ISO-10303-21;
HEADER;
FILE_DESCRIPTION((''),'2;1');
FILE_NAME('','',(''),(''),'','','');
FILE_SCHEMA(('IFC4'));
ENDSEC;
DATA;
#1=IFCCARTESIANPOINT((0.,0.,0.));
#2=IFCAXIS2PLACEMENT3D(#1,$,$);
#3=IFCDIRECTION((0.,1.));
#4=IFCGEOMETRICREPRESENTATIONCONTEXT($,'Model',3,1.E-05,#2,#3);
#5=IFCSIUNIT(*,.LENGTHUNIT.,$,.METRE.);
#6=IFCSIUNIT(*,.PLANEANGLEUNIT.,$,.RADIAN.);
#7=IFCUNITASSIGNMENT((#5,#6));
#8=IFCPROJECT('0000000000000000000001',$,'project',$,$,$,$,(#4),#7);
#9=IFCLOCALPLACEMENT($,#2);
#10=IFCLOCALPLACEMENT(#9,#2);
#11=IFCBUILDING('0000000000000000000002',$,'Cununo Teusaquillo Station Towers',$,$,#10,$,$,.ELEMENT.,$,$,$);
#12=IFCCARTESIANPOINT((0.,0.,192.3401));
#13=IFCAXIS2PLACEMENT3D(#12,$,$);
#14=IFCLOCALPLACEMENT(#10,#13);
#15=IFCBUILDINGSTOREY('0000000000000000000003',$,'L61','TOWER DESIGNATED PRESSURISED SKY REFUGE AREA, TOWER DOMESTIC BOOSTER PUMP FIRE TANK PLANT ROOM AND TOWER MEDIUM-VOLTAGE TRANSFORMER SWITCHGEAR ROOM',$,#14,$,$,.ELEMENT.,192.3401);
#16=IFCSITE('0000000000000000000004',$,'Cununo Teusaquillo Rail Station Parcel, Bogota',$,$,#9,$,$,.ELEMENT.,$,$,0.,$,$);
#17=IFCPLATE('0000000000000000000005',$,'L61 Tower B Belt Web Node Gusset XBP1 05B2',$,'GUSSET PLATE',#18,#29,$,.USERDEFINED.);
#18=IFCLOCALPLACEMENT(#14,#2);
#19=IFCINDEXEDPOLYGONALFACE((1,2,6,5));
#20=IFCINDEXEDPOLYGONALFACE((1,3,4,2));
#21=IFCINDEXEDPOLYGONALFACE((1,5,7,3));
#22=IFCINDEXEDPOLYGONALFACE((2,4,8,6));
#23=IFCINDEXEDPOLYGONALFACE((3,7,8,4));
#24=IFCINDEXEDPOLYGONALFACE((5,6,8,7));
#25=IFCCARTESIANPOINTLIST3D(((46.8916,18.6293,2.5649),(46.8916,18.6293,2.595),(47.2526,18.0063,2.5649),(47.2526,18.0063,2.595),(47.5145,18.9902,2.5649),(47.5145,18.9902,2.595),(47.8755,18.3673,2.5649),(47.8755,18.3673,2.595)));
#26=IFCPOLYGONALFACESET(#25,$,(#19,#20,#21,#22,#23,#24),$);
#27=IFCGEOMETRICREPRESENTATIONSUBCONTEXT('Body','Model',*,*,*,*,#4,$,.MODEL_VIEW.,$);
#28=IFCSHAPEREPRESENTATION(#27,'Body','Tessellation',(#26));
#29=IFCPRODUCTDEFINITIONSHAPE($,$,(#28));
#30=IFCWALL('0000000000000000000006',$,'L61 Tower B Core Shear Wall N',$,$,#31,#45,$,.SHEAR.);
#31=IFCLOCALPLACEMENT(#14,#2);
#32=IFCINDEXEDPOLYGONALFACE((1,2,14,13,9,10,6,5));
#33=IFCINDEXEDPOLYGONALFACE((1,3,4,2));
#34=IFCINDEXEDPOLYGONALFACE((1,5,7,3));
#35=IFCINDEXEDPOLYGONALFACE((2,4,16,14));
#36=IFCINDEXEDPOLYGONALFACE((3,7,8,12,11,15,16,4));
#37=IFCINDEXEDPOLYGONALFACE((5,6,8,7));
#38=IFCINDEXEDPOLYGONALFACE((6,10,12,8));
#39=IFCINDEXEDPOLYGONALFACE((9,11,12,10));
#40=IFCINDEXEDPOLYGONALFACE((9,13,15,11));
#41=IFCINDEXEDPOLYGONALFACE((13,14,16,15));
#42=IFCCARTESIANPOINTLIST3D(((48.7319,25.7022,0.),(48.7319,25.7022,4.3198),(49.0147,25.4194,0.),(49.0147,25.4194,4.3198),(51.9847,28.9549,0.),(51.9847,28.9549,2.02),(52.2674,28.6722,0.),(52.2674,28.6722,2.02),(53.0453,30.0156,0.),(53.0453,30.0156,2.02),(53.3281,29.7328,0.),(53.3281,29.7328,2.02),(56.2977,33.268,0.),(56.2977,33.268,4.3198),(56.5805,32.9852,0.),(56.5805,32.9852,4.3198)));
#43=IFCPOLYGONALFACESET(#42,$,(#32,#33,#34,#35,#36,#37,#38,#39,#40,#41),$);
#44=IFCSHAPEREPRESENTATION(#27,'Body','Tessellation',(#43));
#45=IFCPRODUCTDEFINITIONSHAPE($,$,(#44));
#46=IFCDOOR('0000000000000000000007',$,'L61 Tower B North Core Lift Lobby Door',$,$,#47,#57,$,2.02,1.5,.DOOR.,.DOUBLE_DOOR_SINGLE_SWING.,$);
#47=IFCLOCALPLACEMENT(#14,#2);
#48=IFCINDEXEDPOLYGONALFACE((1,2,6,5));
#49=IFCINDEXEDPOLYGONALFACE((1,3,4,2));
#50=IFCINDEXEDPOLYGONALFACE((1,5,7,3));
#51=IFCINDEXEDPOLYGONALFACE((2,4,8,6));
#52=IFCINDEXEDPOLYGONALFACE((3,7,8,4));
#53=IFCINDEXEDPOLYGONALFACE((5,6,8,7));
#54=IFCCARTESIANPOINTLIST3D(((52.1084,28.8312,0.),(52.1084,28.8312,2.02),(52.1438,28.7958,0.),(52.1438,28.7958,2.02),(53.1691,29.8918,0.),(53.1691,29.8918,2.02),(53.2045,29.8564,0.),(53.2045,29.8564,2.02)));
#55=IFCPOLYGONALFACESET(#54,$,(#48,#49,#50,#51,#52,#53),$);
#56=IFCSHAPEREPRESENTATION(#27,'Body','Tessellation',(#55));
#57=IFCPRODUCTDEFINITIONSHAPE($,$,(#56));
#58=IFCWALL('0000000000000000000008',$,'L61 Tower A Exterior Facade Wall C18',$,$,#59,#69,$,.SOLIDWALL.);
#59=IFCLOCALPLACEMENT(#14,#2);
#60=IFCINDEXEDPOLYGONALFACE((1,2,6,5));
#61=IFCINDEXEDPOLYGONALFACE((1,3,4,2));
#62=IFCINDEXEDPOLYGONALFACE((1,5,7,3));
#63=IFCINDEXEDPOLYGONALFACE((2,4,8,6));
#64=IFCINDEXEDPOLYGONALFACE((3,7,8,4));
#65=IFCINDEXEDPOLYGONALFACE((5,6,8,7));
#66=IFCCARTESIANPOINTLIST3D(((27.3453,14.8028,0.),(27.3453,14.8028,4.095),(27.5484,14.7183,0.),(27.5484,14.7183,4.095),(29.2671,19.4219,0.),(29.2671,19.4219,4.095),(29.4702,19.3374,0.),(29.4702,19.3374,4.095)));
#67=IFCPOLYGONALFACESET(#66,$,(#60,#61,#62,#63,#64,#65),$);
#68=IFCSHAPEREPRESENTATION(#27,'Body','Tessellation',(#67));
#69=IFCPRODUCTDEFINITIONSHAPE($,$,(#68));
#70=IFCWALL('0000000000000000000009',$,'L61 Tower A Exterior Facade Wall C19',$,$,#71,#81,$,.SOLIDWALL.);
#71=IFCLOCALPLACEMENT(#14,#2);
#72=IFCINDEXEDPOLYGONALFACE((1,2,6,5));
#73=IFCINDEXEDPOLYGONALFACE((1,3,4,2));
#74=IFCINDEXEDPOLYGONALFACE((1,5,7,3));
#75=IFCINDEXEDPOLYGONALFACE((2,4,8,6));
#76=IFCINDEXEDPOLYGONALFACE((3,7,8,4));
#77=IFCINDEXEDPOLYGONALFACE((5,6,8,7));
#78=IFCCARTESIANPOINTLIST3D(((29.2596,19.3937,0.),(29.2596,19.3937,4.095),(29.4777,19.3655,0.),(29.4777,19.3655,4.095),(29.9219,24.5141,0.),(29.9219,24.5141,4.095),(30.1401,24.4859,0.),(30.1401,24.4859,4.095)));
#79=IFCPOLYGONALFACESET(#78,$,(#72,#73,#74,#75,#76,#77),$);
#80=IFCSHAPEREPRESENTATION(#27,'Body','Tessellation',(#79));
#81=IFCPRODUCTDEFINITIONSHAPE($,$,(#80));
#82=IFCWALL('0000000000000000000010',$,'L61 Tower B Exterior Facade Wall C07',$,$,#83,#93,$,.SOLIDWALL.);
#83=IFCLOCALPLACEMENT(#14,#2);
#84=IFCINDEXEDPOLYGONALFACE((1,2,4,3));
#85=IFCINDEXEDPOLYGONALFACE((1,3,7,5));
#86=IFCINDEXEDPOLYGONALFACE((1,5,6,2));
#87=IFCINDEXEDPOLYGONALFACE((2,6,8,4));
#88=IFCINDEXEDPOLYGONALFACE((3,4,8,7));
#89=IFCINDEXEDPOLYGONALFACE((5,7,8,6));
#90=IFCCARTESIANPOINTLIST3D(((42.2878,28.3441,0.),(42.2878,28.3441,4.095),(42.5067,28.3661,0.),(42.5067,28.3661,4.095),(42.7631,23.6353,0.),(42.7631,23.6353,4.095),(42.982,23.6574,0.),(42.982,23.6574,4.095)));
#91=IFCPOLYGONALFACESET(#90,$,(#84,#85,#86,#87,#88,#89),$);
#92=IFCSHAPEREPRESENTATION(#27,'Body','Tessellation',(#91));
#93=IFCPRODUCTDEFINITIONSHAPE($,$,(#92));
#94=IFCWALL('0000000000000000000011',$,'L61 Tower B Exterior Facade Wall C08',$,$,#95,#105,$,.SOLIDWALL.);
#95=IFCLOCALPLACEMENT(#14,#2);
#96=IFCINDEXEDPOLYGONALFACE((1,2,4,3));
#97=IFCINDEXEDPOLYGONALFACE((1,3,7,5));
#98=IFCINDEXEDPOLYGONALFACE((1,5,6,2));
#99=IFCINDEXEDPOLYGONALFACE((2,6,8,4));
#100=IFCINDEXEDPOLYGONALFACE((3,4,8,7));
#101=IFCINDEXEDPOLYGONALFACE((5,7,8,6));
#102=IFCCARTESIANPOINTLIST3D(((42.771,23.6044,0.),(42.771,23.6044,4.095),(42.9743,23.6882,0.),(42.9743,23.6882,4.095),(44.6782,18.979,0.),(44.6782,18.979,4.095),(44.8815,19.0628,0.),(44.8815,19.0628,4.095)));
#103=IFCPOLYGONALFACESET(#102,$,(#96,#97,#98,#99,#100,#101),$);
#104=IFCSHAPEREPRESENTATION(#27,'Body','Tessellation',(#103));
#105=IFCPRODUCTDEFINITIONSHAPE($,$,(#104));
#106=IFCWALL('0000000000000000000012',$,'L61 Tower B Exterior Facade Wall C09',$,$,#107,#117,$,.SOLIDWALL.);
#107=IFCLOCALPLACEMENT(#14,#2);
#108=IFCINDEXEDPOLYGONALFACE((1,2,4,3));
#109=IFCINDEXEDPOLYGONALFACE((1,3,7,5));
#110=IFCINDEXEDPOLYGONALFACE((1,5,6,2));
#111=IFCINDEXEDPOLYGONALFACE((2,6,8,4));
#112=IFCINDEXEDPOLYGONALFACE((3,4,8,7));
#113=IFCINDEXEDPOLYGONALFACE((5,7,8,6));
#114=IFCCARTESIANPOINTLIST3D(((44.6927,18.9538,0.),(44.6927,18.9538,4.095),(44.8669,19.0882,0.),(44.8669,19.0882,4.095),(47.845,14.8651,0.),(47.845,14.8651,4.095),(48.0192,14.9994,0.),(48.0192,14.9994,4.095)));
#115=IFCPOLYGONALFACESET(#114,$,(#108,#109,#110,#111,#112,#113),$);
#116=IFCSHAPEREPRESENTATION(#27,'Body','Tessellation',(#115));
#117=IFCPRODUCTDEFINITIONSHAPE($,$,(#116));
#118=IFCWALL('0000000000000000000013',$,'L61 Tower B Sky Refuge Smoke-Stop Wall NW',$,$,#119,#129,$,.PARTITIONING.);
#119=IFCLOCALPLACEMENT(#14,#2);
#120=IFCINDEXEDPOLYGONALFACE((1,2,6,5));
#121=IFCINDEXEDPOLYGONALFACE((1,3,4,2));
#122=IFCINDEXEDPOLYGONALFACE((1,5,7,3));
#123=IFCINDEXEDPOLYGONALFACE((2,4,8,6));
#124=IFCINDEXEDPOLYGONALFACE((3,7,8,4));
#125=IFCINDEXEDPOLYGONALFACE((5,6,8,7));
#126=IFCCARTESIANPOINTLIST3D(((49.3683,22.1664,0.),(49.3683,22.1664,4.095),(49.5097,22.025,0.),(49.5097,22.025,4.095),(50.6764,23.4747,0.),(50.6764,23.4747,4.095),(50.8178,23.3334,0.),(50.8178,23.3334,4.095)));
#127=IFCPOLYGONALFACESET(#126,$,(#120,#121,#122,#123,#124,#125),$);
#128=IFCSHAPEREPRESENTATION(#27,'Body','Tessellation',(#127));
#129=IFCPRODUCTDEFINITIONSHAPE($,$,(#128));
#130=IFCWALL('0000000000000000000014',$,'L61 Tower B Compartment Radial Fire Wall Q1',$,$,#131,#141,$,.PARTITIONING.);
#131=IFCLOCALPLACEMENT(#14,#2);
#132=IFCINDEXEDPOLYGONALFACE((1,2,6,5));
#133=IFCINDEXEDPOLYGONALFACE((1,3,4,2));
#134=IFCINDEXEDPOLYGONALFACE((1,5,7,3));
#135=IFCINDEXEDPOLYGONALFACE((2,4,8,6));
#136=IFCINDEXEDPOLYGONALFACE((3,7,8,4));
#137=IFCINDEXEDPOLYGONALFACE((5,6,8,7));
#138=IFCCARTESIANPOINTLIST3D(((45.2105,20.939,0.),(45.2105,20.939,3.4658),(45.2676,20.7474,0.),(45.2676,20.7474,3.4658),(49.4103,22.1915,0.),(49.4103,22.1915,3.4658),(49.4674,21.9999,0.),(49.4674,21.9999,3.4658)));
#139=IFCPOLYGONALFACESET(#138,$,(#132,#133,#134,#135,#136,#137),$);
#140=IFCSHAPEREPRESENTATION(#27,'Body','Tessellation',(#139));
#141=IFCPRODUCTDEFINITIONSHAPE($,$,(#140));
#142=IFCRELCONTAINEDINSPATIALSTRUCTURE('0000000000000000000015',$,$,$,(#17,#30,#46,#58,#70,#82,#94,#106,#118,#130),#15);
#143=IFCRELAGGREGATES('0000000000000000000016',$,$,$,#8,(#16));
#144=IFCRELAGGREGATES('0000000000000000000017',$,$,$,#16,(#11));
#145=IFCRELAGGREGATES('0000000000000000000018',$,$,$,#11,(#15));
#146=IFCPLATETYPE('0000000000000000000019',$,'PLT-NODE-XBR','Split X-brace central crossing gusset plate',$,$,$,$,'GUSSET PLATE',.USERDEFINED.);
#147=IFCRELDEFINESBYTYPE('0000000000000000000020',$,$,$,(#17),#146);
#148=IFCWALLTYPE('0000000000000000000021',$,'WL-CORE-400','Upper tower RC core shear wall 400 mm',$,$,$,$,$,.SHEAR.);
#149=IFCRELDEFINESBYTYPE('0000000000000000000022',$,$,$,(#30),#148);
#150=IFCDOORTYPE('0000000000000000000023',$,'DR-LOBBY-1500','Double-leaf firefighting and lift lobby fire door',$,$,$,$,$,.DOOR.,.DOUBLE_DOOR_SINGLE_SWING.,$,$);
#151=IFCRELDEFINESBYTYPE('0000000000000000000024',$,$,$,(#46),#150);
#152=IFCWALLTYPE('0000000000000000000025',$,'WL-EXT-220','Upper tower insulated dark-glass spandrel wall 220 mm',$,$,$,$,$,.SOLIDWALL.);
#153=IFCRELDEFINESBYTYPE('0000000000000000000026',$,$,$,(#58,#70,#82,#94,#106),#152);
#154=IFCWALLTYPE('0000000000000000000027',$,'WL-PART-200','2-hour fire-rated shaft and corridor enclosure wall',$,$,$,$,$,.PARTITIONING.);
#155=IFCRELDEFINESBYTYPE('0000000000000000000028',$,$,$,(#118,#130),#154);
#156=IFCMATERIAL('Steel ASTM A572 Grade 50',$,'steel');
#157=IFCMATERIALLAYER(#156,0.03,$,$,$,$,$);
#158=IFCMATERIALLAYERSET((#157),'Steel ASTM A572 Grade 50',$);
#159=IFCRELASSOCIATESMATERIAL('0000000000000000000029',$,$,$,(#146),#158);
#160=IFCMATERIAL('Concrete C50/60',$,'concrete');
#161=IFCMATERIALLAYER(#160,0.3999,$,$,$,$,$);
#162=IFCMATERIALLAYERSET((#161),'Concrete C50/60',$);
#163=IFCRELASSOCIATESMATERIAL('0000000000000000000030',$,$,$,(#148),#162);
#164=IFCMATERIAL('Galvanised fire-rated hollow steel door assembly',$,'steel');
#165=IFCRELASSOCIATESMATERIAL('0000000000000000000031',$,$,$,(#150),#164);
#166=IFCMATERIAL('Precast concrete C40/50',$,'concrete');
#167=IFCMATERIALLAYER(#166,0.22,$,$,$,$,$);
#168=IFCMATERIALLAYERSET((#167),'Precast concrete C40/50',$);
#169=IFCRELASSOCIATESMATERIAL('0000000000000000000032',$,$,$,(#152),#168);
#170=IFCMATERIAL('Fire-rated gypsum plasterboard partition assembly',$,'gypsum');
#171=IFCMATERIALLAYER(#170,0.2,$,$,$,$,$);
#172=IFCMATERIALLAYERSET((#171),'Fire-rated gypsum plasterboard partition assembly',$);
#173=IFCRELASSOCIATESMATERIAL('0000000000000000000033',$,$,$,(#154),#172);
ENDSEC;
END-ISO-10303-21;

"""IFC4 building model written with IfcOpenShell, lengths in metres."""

from ifc_helpers import new_model, si_unit, direction, frame, frame_2d, origin, origin_2d, place, context, subcontext, project, spatial, rectangle, extrude, source, transform, mapped, material, layer, layer_set, type_object, element, fill, save


model = new_model("IFC4")

# Units and contexts
model_context = context("Model", 3, precision=1e-05, world=origin(), true_north=direction((0.0, 1.0)))
body_context = subcontext(model_context, "Body", "Model", "MODEL_VIEW")
ifc_project = project(units=[si_unit("LENGTHUNIT", "METRE"), si_unit("PLANEANGLEUNIT", "RADIAN")], contexts=[model_context])

# Site, building, storey
site_placement = place(None, origin())
site = spatial("IfcSite", under=ifc_project, at=site_placement, Name="Cununo Teusaquillo Rail Station Parcel, Bogota", CompositionType="ELEMENT", RefElevation=0.0)
building_placement = place(site_placement, origin())
building = spatial("IfcBuilding", under=site, at=building_placement, Name="Cununo Teusaquillo Station Towers", CompositionType="ELEMENT")
storey_placement = place(building_placement, frame((0.0, 0.0, 192.3401)))
storey = spatial("IfcBuildingStorey", under=building, at=storey_placement, Name="L61", Description="TOWER DESIGNATED PRESSURISED SKY REFUGE AREA, TOWER DOMESTIC BOOSTER PUMP FIRE TANK PLANT ROOM AND TOWER MEDIUM-VOLTAGE TRANSFORMER SWITCHGEAR ROOM", CompositionType="ELEMENT", Elevation=192.3401)

# Plate
ifc_material_1 = material(Name="Steel ASTM A572 Grade 50", Category="steel")
ifc_layer_1 = layer(ifc_material_1, 0.03)
ifc_layer_set_1 = layer_set([ifc_layer_1], Name="Steel ASTM A572 Grade 50")
plate_type_1 = type_object("IfcPlateType", Name="PLT-NODE-XBR", Description="Split X-brace central crossing gusset plate", ElementType="GUSSET PLATE", PredefinedType="USERDEFINED", material=ifc_layer_set_1)
shared_shape_1 = source(origin(), body_context, "Body", "SweptSolid", [
    extrude(rectangle(XDim=0.72, YDim=0.72, at=origin_2d()), origin(), (0.0, 0.0, 1.0), 0.03),
])
for number, where, z_axis, x_axis, name in (
    (1, (47.3835, 18.4983, 2.5649), (0.0, 0.0, 1.0), (0.50136, -0.865239, 0.0), "L61 Tower B Belt Web Node Gusset XBP1 05B2"),
):
    element("IfcPlate", number, at=place(storey_placement, frame(where, z_axis=z_axis, x_axis=x_axis)), inside=storey, type_object=plate_type_1, Name=name, ObjectType="GUSSET PLATE", PredefinedType="USERDEFINED", context=body_context, shape_type="MappedRepresentation", body=[
        mapped(shared_shape_1, transform((0.0, 0.0, 0.0), x_axis=(1.0, 0.0, 0.0), y_axis=(0.0, 1.0, 0.0), z_axis=(0.0, 0.0, 1.0), scale=1.0)),
    ])

# Wall, opening, door
ifc_material_2 = material(Name="Concrete C50/60", Category="concrete")
ifc_layer_2 = layer(ifc_material_2, 0.3999)
ifc_layer_set_2 = layer_set([ifc_layer_2], Name="Concrete C50/60")
wall_type_1 = type_object("IfcWallType", Name="WL-CORE-400", Description="Upper tower RC core shear wall 400 mm", PredefinedType="SHEAR", material=ifc_layer_set_2)
wall_1_placement = place(storey_placement, frame((48.8733, 25.5608, 0.0), z_axis=(0.0, 0.0, 1.0), x_axis=(0.707107, 0.707107, 0.0)))
wall_1 = element("IfcWall", 2, at=wall_1_placement, inside=storey, type_object=wall_type_1, Name="L61 Tower B Core Shear Wall N", PredefinedType="SHEAR", context=body_context, shape_type="SweptSolid", body=[
    extrude(rectangle(XDim=10.6997, YDim=0.3999, at=frame_2d((5.3499, 0.0))), origin(), (0.0, 0.0, 1.0), 4.3198),
])
shared_shape_2 = source(origin(), body_context, "Body", "SweptSolid", [
    extrude(rectangle(XDim=1.5, YDim=2.02, at=frame_2d((0.75, 1.01))), frame((0.0, 0.21, 0.0), z_axis=(0.0, -1.0, 0.0), x_axis=(1.0, 0.0, 0.0)), (0.0, 0.0, 1.0), 0.4199),
])
opening_placement = place(wall_1_placement, frame((4.6001, 0.0, 0.0)))
opening = element("IfcOpeningElement", 3, at=opening_placement, cuts=wall_1, PredefinedType="OPENING", context=body_context, shape_type="MappedRepresentation", body=[
    mapped(shared_shape_2, transform((0.0, 0.0, 0.0), x_axis=(1.0, 0.0, 0.0), y_axis=(0.0, 1.0, 0.0), z_axis=(0.0, 0.0, 1.0), scale=1.0)),
])
ifc_material_3 = material(Name="Galvanised fire-rated hollow steel door assembly", Category="steel")
door_type = type_object("IfcDoorType", Name="DR-LOBBY-1500", Description="Double-leaf firefighting and lift lobby fire door", OperationType="DOUBLE_DOOR_SINGLE_SWING", PredefinedType="DOOR", material=ifc_material_3)
shared_shape_3 = source(origin(), body_context, "Body", "SweptSolid", [
    extrude(rectangle(XDim=1.5, YDim=2.02, at=frame_2d((0.75, 1.01))), frame((0.0, 0.0249, 0.0), z_axis=(0.0, -1.0, 0.0), x_axis=(1.0, 0.0, 0.0)), (0.0, 0.0, 1.0), 0.05),
])
door_placement = place(opening_placement, origin())
door = element("IfcDoor", 4, at=door_placement, inside=storey, type_object=door_type, Name="L61 Tower B North Core Lift Lobby Door", OperationType="DOUBLE_DOOR_SINGLE_SWING", OverallHeight=2.02, OverallWidth=1.5, PredefinedType="DOOR", context=body_context, shape_type="MappedRepresentation", body=[
    mapped(shared_shape_3, transform((0.0, 0.0, 0.0), x_axis=(1.0, 0.0, 0.0), y_axis=(0.0, 1.0, 0.0), z_axis=(0.0, 0.0, 1.0), scale=1.0)),
])
fill(opening, door)

# Walls
ifc_material_4 = material(Name="Precast concrete C40/50", Category="concrete")
ifc_layer_3 = layer(ifc_material_4, 0.22)
ifc_layer_set_3 = layer_set([ifc_layer_3], Name="Precast concrete C40/50")
wall_type_2 = type_object("IfcWallType", Name="WL-EXT-220", Description="Upper tower insulated dark-glass spandrel wall 220 mm", PredefinedType="SOLIDWALL", material=ifc_layer_set_3)
wall_2_placement = place(storey_placement, frame((29.3687, 19.3796, 0.0), z_axis=(0.0, 0.0, 1.0), x_axis=(-0.384144, -0.923273, 0.0)))
element("IfcWall", 5, at=wall_2_placement, inside=storey, type_object=wall_type_2, Name="L61 Tower A Exterior Facade Wall C18", PredefinedType="SOLIDWALL", context=body_context, shape_type="SweptSolid", body=[
    extrude(rectangle(XDim=5.0029, YDim=0.22, at=frame_2d((2.5015, 0.0))), origin(), (0.0, 0.0, 1.0), 4.095),
])
wall_3_placement = place(storey_placement, frame((30.031, 24.5, 0.0), z_axis=(0.0, 0.0, 1.0), x_axis=(-0.128288, -0.991737, 0.0)))
element("IfcWall", 6, at=wall_3_placement, inside=storey, type_object=wall_type_2, Name="L61 Tower A Exterior Facade Wall C19", PredefinedType="SOLIDWALL", context=body_context, shape_type="SweptSolid", body=[
    extrude(rectangle(XDim=5.1631, YDim=0.22, at=frame_2d((2.5815, 0.0))), origin(), (0.0, 0.0, 1.0), 4.095),
])
wall_4_placement = place(storey_placement, frame((42.8726, 23.6465, 0.0), z_axis=(0.0, 0.0, 1.0), x_axis=(-0.100438, 0.994943, 0.0)))
element("IfcWall", 7, at=wall_4_placement, inside=storey, type_object=wall_type_2, Name="L61 Tower B Exterior Facade Wall C07", PredefinedType="SOLIDWALL", context=body_context, shape_type="SweptSolid", body=[
    extrude(rectangle(XDim=4.7327, YDim=0.22, at=frame_2d((2.3662, 0.0))), origin(), (0.0, 0.0, 1.0), 4.095),
])
wall_5_placement = place(storey_placement, frame((44.7798, 19.021, 0.0), z_axis=(0.0, 0.0, 1.0), x_axis=(-0.381196, 0.924494, 0.0)))
element("IfcWall", 8, at=wall_5_placement, inside=storey, type_object=wall_type_2, Name="L61 Tower B Exterior Facade Wall C08", PredefinedType="SOLIDWALL", context=body_context, shape_type="SweptSolid", body=[
    extrude(rectangle(XDim=5.0032, YDim=0.22, at=frame_2d((2.5015, 0.0))), origin(), (0.0, 0.0, 1.0), 4.095),
])
wall_6_placement = place(storey_placement, frame((47.9321, 14.9321, 0.0), z_axis=(0.0, 0.0, 1.0), x_axis=(-0.61057, 0.791963, 0.0)))
element("IfcWall", 9, at=wall_6_placement, inside=storey, type_object=wall_type_2, Name="L61 Tower B Exterior Facade Wall C09", PredefinedType="SOLIDWALL", context=body_context, shape_type="SweptSolid", body=[
    extrude(rectangle(XDim=5.1628, YDim=0.22, at=frame_2d((2.5815, 0.0))), origin(), (0.0, 0.0, 1.0), 4.095),
])
ifc_material_5 = material(Name="Fire-rated gypsum plasterboard partition assembly", Category="gypsum")
ifc_layer_4 = layer(ifc_material_5, 0.2)
ifc_layer_set_4 = layer_set([ifc_layer_4], Name="Fire-rated gypsum plasterboard partition assembly")
wall_type_3 = type_object("IfcWallType", Name="WL-PART-200", Description="2-hour fire-rated shaft and corridor enclosure wall", PredefinedType="PARTITIONING", material=ifc_layer_set_4)
wall_7_placement = place(storey_placement, frame((49.439, 22.0957, 0.0), z_axis=(0.0, 0.0, 1.0), x_axis=(0.707041, 0.707173, 0.0)))
element("IfcWall", 10, at=wall_7_placement, inside=storey, type_object=wall_type_3, Name="L61 Tower B Sky Refuge Smoke-Stop Wall NW", PredefinedType="PARTITIONING", context=body_context, shape_type="SweptSolid", body=[
    extrude(rectangle(XDim=1.8501, YDim=0.2, at=frame_2d((0.925, 0.0))), origin(), (0.0, 0.0, 1.0), 4.095),
])
wall_8_placement = place(storey_placement, frame((49.439, 22.0957, 0.0), z_axis=(0.0, 0.0, 1.0), x_axis=(-0.958294, -0.285784, 0.0)))
element("IfcWall", 11, at=wall_8_placement, inside=storey, type_object=wall_type_3, Name="L61 Tower B Compartment Radial Fire Wall Q1", PredefinedType="PARTITIONING", context=body_context, shape_type="SweptSolid", body=[
    extrude(rectangle(XDim=4.3826, YDim=0.2, at=frame_2d((2.1914, 0.0))), origin(), (0.0, 0.0, 1.0), 3.4658),
])

save(model, "model.ifc")
